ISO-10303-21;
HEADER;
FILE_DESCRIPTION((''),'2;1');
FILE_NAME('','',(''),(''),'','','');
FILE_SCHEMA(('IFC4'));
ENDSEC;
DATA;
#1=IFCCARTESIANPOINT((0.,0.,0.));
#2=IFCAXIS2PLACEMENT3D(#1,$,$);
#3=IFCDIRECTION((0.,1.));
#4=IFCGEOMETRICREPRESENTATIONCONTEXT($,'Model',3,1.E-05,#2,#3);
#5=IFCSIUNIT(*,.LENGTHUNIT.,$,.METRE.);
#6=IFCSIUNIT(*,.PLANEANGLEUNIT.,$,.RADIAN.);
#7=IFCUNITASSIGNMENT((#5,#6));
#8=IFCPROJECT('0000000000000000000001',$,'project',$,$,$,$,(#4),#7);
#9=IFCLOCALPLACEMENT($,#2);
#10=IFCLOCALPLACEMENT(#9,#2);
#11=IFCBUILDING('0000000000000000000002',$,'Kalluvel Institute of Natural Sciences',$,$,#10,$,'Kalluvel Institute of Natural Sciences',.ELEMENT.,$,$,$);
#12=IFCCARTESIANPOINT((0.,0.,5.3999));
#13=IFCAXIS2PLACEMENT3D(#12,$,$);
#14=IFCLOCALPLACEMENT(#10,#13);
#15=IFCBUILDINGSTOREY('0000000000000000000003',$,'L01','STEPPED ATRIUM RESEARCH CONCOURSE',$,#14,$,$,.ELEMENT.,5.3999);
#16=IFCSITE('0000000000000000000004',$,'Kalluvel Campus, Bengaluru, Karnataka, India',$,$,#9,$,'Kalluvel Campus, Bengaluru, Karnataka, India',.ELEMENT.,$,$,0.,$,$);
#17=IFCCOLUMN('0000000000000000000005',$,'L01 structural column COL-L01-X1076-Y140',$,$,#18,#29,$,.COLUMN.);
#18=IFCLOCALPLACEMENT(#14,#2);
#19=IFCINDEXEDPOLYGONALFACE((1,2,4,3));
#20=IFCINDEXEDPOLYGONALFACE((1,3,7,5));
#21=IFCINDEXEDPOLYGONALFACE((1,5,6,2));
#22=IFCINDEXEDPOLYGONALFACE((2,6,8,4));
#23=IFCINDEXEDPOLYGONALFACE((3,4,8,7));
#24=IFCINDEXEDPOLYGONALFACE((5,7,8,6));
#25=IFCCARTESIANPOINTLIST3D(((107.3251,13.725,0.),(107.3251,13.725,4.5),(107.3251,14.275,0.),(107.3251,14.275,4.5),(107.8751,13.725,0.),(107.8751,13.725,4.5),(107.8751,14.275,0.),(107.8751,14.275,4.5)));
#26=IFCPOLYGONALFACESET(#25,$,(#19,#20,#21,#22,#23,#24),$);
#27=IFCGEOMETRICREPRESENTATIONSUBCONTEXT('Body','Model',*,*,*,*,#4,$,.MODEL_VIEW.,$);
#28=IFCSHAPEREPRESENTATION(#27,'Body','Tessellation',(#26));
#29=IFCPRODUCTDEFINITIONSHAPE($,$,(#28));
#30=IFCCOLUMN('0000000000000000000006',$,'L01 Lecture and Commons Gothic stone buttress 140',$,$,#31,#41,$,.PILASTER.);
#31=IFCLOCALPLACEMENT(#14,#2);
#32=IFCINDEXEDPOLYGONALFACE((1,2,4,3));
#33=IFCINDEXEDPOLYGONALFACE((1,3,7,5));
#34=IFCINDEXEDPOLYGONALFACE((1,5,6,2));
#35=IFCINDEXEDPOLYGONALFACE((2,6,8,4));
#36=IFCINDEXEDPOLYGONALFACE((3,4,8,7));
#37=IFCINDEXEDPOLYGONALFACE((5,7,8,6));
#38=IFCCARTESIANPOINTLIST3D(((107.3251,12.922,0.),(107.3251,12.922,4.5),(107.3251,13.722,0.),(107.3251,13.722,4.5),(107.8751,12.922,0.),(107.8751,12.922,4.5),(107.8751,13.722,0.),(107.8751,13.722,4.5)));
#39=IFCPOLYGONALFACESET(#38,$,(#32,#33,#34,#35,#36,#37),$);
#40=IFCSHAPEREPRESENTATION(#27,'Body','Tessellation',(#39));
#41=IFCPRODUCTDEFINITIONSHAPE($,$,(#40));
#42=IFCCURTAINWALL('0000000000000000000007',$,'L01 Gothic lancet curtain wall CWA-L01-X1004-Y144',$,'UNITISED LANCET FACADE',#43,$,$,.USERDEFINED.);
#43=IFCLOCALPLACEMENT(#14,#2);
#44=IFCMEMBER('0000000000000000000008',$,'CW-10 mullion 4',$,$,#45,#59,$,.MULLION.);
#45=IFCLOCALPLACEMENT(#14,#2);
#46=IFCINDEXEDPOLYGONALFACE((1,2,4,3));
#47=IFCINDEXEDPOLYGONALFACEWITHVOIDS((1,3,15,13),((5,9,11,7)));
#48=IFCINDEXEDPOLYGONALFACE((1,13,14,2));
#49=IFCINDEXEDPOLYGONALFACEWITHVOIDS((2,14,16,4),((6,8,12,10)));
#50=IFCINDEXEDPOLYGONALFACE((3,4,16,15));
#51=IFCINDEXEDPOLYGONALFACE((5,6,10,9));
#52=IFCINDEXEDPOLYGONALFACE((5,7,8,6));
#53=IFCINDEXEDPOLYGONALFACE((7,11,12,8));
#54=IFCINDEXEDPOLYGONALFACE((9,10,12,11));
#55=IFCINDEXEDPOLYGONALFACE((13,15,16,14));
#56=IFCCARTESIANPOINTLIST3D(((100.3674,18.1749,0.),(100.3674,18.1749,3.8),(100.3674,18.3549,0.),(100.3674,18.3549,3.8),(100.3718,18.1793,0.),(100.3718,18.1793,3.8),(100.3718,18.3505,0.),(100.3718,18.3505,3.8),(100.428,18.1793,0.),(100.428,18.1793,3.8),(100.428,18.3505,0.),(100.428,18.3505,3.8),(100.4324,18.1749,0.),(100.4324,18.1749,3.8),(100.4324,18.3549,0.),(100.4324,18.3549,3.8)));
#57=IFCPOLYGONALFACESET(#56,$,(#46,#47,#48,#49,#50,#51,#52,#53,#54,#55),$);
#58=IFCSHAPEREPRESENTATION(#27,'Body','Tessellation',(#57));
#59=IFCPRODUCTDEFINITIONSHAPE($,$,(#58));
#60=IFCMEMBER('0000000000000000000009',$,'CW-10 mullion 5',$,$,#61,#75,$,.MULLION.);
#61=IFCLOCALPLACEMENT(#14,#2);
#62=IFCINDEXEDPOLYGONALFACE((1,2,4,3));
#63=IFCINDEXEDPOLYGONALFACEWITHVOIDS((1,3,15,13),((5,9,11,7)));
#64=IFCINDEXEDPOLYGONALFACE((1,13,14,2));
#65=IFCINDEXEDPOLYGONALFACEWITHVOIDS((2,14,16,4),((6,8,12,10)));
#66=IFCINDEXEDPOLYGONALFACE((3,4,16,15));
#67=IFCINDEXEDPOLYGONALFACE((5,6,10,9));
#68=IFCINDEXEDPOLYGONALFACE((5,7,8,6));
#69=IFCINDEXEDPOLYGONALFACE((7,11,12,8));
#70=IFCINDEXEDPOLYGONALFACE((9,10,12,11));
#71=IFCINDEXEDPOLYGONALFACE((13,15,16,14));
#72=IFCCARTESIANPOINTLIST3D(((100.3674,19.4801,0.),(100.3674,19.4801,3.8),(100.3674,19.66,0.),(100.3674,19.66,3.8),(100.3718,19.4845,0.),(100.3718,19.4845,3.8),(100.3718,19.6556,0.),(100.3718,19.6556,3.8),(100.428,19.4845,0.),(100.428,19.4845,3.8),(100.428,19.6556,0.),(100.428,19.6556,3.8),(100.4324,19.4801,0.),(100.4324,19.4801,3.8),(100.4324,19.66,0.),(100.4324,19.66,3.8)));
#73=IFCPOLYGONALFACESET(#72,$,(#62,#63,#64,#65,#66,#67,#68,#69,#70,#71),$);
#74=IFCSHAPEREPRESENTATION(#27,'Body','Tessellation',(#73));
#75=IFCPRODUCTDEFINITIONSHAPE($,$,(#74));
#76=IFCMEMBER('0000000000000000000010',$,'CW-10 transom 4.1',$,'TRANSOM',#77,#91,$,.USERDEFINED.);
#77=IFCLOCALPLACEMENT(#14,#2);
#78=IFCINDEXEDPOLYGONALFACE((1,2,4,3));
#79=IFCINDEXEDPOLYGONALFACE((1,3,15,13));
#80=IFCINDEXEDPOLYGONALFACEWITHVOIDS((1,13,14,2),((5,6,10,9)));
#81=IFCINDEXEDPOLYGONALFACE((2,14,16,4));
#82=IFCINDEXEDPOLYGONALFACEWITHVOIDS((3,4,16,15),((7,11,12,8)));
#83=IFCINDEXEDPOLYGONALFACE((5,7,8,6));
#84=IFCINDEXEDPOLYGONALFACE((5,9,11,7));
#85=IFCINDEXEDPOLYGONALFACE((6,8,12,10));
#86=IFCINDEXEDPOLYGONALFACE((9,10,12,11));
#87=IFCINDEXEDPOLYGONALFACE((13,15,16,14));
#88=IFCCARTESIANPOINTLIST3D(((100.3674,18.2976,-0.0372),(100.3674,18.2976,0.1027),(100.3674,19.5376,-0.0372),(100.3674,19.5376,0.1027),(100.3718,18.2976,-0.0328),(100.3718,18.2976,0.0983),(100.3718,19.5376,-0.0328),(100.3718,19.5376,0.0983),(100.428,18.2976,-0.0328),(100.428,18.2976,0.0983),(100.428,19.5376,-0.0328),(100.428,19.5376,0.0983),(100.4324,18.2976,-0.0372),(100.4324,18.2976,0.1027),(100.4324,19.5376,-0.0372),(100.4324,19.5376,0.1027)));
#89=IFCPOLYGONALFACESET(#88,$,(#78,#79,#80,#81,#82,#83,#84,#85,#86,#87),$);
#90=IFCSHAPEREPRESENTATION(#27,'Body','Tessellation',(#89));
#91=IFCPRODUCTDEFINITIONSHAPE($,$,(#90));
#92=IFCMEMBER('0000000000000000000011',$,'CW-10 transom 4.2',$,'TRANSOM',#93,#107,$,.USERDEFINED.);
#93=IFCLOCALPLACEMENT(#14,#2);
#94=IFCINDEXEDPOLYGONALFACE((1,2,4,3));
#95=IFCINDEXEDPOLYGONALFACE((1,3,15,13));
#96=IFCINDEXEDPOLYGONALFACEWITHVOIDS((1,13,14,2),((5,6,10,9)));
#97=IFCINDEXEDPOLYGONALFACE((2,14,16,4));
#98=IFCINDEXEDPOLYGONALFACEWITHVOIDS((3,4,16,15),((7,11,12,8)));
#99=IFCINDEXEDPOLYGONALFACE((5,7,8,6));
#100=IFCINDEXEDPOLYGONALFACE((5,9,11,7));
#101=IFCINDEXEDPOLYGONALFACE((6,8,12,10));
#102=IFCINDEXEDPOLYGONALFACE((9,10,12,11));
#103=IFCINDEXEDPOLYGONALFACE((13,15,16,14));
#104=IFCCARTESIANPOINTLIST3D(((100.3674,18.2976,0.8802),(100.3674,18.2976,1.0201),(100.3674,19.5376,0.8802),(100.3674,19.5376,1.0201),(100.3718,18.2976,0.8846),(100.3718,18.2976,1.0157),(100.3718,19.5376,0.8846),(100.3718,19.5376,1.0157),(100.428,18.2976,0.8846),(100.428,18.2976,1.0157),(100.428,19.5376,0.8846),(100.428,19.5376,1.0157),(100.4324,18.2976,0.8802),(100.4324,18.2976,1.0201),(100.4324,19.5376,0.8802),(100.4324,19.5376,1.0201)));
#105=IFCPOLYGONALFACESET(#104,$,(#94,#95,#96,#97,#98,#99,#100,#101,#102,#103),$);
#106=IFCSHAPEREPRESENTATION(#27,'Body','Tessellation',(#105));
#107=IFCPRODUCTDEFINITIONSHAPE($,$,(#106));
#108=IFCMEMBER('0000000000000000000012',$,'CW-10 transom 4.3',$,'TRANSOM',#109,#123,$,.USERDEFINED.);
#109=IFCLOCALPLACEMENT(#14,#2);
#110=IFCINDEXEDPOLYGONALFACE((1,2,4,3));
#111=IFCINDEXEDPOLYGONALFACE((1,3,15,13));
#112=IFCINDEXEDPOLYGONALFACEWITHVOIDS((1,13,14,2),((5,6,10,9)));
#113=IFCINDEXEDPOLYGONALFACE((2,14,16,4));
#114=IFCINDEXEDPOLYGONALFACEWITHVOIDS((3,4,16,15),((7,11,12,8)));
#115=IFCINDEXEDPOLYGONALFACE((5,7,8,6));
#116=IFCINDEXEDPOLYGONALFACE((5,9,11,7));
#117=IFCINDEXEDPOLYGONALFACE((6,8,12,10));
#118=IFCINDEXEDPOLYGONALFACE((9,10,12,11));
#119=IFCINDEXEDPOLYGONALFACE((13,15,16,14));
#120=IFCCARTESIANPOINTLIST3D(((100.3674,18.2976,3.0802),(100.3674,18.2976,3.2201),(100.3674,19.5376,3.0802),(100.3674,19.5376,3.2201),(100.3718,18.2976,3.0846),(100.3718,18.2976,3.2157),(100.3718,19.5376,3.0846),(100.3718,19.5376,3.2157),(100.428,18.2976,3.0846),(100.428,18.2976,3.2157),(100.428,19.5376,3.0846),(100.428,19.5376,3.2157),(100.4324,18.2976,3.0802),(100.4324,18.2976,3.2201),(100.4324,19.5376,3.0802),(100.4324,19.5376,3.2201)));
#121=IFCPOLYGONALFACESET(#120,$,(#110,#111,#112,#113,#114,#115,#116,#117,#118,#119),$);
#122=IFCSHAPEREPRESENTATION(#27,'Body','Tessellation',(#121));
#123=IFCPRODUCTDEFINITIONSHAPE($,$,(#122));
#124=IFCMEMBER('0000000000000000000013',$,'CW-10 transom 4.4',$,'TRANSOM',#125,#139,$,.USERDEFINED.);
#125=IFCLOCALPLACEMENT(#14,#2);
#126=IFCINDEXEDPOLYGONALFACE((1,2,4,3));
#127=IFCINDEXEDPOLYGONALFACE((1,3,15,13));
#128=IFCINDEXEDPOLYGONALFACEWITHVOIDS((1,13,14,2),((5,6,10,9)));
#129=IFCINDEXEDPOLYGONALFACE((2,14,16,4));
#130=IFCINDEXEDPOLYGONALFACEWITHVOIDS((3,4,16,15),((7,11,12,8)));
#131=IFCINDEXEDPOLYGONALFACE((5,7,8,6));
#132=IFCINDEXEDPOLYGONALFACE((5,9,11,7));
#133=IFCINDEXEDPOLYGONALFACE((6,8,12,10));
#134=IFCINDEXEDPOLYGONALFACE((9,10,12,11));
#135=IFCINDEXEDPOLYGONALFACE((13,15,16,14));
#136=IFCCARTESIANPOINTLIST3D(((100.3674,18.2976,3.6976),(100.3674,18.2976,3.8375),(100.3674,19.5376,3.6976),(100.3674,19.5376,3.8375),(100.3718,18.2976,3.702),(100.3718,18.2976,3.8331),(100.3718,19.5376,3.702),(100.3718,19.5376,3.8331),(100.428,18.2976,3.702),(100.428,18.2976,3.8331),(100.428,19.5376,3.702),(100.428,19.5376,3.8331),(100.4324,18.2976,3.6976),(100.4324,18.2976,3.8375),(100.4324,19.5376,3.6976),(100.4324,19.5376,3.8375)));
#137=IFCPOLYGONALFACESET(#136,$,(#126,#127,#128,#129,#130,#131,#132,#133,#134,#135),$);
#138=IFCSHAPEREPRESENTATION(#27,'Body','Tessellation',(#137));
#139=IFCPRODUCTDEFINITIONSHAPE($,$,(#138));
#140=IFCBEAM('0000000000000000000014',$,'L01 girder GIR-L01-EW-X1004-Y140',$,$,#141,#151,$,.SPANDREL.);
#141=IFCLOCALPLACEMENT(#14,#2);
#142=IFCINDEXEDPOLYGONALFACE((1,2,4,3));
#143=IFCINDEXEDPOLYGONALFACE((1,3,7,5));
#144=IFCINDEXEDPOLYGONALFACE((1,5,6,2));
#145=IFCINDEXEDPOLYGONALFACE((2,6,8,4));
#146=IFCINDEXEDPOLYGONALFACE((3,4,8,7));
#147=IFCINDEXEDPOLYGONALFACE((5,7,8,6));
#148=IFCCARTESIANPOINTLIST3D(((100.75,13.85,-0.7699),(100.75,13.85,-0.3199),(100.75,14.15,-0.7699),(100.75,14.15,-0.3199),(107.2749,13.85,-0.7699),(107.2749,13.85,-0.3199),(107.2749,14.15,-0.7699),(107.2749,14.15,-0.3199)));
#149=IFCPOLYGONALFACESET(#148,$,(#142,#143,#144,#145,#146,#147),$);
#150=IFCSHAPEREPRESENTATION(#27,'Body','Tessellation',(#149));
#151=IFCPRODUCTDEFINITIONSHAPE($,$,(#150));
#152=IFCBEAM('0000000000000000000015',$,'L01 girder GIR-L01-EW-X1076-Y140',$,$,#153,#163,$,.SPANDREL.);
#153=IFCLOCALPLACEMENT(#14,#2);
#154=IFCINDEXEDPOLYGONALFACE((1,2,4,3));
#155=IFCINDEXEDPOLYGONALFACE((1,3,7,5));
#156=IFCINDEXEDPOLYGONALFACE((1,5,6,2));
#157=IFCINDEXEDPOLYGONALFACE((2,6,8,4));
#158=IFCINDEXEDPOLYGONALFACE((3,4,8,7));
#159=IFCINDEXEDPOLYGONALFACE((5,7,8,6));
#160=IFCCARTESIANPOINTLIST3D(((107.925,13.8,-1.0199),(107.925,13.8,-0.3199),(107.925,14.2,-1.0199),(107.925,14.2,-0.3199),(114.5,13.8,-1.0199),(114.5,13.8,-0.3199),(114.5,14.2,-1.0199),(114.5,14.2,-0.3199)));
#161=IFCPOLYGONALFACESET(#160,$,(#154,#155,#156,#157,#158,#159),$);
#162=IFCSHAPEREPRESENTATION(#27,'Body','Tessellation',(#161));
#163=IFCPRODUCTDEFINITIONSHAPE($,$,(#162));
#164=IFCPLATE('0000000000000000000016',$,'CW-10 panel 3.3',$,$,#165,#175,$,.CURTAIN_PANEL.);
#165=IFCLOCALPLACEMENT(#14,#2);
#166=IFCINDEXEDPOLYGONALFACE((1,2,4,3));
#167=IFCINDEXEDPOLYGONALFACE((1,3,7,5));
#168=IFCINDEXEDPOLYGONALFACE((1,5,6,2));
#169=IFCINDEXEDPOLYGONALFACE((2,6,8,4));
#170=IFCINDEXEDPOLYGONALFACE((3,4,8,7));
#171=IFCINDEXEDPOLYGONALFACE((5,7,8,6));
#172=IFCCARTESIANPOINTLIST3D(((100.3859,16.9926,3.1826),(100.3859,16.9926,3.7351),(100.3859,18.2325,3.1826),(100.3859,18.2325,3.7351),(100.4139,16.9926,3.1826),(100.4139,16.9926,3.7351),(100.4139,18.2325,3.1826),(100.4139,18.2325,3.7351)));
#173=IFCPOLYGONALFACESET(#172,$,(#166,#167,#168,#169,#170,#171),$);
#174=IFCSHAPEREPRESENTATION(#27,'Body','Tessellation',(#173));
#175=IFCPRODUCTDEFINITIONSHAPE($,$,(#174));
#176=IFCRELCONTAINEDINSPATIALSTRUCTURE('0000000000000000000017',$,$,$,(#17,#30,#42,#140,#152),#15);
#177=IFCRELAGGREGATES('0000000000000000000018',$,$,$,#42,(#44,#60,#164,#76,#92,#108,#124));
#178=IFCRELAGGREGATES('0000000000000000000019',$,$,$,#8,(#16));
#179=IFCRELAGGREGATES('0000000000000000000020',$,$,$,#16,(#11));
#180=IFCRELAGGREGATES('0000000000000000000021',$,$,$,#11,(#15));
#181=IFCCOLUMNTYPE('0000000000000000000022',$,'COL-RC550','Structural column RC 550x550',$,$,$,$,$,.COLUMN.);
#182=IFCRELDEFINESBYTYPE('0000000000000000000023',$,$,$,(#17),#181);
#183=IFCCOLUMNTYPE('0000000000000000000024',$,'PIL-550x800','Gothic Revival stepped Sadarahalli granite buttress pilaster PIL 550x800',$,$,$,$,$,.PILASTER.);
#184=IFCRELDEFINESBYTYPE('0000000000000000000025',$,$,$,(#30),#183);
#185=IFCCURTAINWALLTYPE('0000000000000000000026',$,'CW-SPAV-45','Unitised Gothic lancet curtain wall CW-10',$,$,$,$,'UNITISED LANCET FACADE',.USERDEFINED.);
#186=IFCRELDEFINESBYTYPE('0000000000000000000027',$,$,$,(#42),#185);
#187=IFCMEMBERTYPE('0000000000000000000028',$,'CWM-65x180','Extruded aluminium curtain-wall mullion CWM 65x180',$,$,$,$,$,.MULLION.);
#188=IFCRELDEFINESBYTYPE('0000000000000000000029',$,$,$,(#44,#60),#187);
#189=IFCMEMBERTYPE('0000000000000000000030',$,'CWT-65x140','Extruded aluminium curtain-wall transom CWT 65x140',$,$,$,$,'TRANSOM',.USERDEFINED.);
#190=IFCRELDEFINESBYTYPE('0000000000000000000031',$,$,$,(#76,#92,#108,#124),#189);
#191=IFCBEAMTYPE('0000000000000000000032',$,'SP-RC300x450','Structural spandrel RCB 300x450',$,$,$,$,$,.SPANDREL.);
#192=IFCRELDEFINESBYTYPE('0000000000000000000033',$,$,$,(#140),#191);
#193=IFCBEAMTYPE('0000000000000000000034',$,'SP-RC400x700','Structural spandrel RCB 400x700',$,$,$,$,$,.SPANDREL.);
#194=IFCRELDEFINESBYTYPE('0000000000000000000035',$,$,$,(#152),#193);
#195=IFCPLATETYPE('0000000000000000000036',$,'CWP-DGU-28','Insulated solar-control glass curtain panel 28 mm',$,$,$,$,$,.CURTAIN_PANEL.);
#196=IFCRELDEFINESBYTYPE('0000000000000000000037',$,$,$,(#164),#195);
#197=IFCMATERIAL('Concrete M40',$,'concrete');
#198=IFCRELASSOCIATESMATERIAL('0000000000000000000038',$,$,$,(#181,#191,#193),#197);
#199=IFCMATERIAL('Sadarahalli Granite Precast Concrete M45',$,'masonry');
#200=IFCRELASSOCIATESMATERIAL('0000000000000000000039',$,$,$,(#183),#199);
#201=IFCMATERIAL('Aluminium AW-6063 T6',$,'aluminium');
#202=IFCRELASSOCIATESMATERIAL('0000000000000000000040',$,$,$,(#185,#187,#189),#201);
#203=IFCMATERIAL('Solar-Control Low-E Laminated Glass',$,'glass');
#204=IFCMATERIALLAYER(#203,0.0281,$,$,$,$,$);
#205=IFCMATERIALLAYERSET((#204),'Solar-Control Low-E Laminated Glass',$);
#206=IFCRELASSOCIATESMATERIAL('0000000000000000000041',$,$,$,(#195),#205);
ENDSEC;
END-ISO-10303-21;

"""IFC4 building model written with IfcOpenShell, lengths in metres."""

from ifc_helpers import new_model, si_unit, direction, frame, origin, origin_2d, place, context, subcontext, project, spatial, rectangle, hollow_rectangle, extrude, material, layer, layer_set, material_profile, profile_set, type_object, element, aggregate, save


model = new_model("IFC4")

# Units and contexts
model_context = context("Model", 3, precision=1e-05, world=origin(), true_north=direction((0.0, 1.0)))
body_context = subcontext(model_context, "Body", "Model", "MODEL_VIEW")
ifc_project = project(units=[si_unit("LENGTHUNIT", "METRE"), si_unit("PLANEANGLEUNIT", "RADIAN")], contexts=[model_context])

# Site, building, storey
site_placement = place(None, origin())
site = spatial("IfcSite", under=ifc_project, at=site_placement, Name="Kalluvel Campus, Bengaluru, Karnataka, India", LongName="Kalluvel Campus, Bengaluru, Karnataka, India", CompositionType="ELEMENT", RefElevation=0.0)
building_placement = place(site_placement, origin())
building = spatial("IfcBuilding", under=site, at=building_placement, Name="Kalluvel Institute of Natural Sciences", LongName="Kalluvel Institute of Natural Sciences", CompositionType="ELEMENT")
storey_placement = place(building_placement, frame((0.0, 0.0, 5.3999)))
storey = spatial("IfcBuildingStorey", under=building, at=storey_placement, Name="L01", Description="STEPPED ATRIUM RESEARCH CONCOURSE", CompositionType="ELEMENT", Elevation=5.3999)

# Columns
ifc_material_1 = material(Name="Concrete M40", Category="concrete")
ifc_material_profile_1 = material_profile(ifc_material_1, rectangle(XDim=0.55, YDim=0.55, at=origin_2d()), Name="RC 550x550")
ifc_profile_set_1 = profile_set([ifc_material_profile_1], Name="Concrete M40")
column_type_1 = type_object("IfcColumnType", Name="COL-RC550", Description="Structural column RC 550x550", PredefinedType="COLUMN", material=ifc_profile_set_1)
column_1_placement = place(storey_placement, frame((107.6001, 14.0, 0.0), z_axis=(0.0, 0.0, 1.0), x_axis=(1.0, 0.0, 0.0)))
element("IfcColumn", 1, at=column_1_placement, inside=storey, type_object=column_type_1, Name="L01 structural column COL-L01-X1076-Y140", PredefinedType="COLUMN", context=body_context, shape_type="SweptSolid", body=[
    extrude(rectangle(XDim=0.55, YDim=0.55, at=origin_2d()), origin(), (0.0, 0.0, 1.0), 4.5),
])
ifc_material_2 = material(Name="Sadarahalli Granite Precast Concrete M45", Category="masonry")
ifc_material_profile_2 = material_profile(ifc_material_2, rectangle(XDim=0.55, YDim=0.8, at=origin_2d()), Name="PIL 550x800")
ifc_profile_set_2 = profile_set([ifc_material_profile_2], Name="Sadarahalli Granite Precast Concrete M45")
column_type_2 = type_object("IfcColumnType", Name="PIL-550x800", Description="Gothic Revival stepped Sadarahalli granite buttress pilaster PIL 550x800", PredefinedType="PILASTER", material=ifc_profile_set_2)
column_2_placement = place(storey_placement, frame((107.6001, 13.322, 0.0), z_axis=(0.0, 0.0, 1.0), x_axis=(1.0, 0.0, 0.0)))
element("IfcColumn", 2, at=column_2_placement, inside=storey, type_object=column_type_2, Name="L01 Lecture and Commons Gothic stone buttress 140", PredefinedType="PILASTER", context=body_context, shape_type="SweptSolid", body=[
    extrude(rectangle(XDim=0.55, YDim=0.8, at=origin_2d()), origin(), (0.0, 0.0, 1.0), 4.5),
])

# Curtain wall, members
ifc_material_3 = material(Name="Aluminium AW-6063 T6", Category="aluminium")
curtain_wall_type = type_object("IfcCurtainWallType", Name="CW-SPAV-45", Description="Unitised Gothic lancet curtain wall CW-10", ElementType="UNITISED LANCET FACADE", PredefinedType="USERDEFINED", material=ifc_material_3)
curtain_wall_placement = place(storey_placement, origin())
curtain_wall = element("IfcCurtainWall", 3, at=curtain_wall_placement, inside=storey, type_object=curtain_wall_type, Name="L01 Gothic lancet curtain wall CWA-L01-X1004-Y144", ObjectType="UNITISED LANCET FACADE", PredefinedType="USERDEFINED")
ifc_material_profile_3 = material_profile(ifc_material_3, hollow_rectangle(XDim=0.0649, YDim=0.1799, WallThickness=0.0044, at=origin_2d()), Name="CWM 65x180")
ifc_profile_set_3 = profile_set([ifc_material_profile_3], Name="Aluminium AW-6063 T6")
member_type_1 = type_object("IfcMemberType", Name="CWM-65x180", Description="Extruded aluminium curtain-wall mullion CWM 65x180", PredefinedType="MULLION", material=ifc_profile_set_3)
member_1_placement = place(storey_placement, frame((100.3999, 18.2649, 0.0), z_axis=(0.0, 0.0, 1.0), x_axis=(-1.0, 0.0, 0.0)))
member_1 = element("IfcMember", 4, at=member_1_placement, type_object=member_type_1, Name="CW-10 mullion 4", PredefinedType="MULLION", context=body_context, shape_type="SweptSolid", body=[
    extrude(hollow_rectangle(XDim=0.0649, YDim=0.1799, WallThickness=0.0044, at=origin_2d()), origin(), (0.0, 0.0, 1.0), 3.8),
])
member_2_placement = place(storey_placement, frame((100.3999, 19.5701, 0.0), z_axis=(0.0, 0.0, 1.0), x_axis=(-1.0, 0.0, 0.0)))
member_2 = element("IfcMember", 5, at=member_2_placement, type_object=member_type_1, Name="CW-10 mullion 5", PredefinedType="MULLION", context=body_context, shape_type="SweptSolid", body=[
    extrude(hollow_rectangle(XDim=0.0649, YDim=0.1799, WallThickness=0.0044, at=origin_2d()), origin(), (0.0, 0.0, 1.0), 3.8),
])
ifc_material_profile_4 = material_profile(ifc_material_3, hollow_rectangle(XDim=0.0649, YDim=0.1399, WallThickness=0.0044, at=origin_2d()), Name="CWT 65x140")
ifc_profile_set_4 = profile_set([ifc_material_profile_4], Name="Aluminium AW-6063 T6")
member_type_2 = type_object("IfcMemberType", Name="CWT-65x140", Description="Extruded aluminium curtain-wall transom CWT 65x140", ElementType="TRANSOM", PredefinedType="USERDEFINED", material=ifc_profile_set_4)
member_3_placement = place(storey_placement, frame((100.3999, 18.2976, 0.0327), z_axis=(0.0, 1.0, 0.0), x_axis=(-1.0, 0.0, 0.0)))
member_3 = element("IfcMember", 6, at=member_3_placement, type_object=member_type_2, Name="CW-10 transom 4.1", ObjectType="TRANSOM", PredefinedType="USERDEFINED", context=body_context, shape_type="SweptSolid", body=[
    extrude(hollow_rectangle(XDim=0.0649, YDim=0.1399, WallThickness=0.0044, at=origin_2d()), origin(), (0.0, 0.0, 1.0), 1.24),
])
member_4_placement = place(storey_placement, frame((100.3999, 18.2976, 0.9502), z_axis=(0.0, 1.0, 0.0), x_axis=(-1.0, 0.0, 0.0)))
member_4 = element("IfcMember", 7, at=member_4_placement, type_object=member_type_2, Name="CW-10 transom 4.2", ObjectType="TRANSOM", PredefinedType="USERDEFINED", context=body_context, shape_type="SweptSolid", body=[
    extrude(hollow_rectangle(XDim=0.0649, YDim=0.1399, WallThickness=0.0044, at=origin_2d()), origin(), (0.0, 0.0, 1.0), 1.24),
])
member_5_placement = place(storey_placement, frame((100.3999, 18.2976, 3.1501), z_axis=(0.0, 1.0, 0.0), x_axis=(-1.0, 0.0, 0.0)))
member_5 = element("IfcMember", 8, at=member_5_placement, type_object=member_type_2, Name="CW-10 transom 4.3", ObjectType="TRANSOM", PredefinedType="USERDEFINED", context=body_context, shape_type="SweptSolid", body=[
    extrude(hollow_rectangle(XDim=0.0649, YDim=0.1399, WallThickness=0.0044, at=origin_2d()), origin(), (0.0, 0.0, 1.0), 1.24),
])
member_6_placement = place(storey_placement, frame((100.3999, 18.2976, 3.7676), z_axis=(0.0, 1.0, 0.0), x_axis=(-1.0, 0.0, 0.0)))
member_6 = element("IfcMember", 9, at=member_6_placement, type_object=member_type_2, Name="CW-10 transom 4.4", ObjectType="TRANSOM", PredefinedType="USERDEFINED", context=body_context, shape_type="SweptSolid", body=[
    extrude(hollow_rectangle(XDim=0.0649, YDim=0.1399, WallThickness=0.0044, at=origin_2d()), origin(), (0.0, 0.0, 1.0), 1.24),
])

# Beams
ifc_material_profile_5 = material_profile(ifc_material_1, rectangle(XDim=0.3, YDim=0.45, at=origin_2d()), Name="RCB 300x450")
ifc_profile_set_5 = profile_set([ifc_material_profile_5], Name="Concrete M40")
beam_type_1 = type_object("IfcBeamType", Name="SP-RC300x450", Description="Structural spandrel RCB 300x450", PredefinedType="SPANDREL", material=ifc_profile_set_5)
beam_1_placement = place(storey_placement, frame((100.75, 14.0, -0.5449), z_axis=(1.0, 0.0, 0.0), x_axis=(0.0, 1.0, 0.0)))
element("IfcBeam", 10, at=beam_1_placement, inside=storey, type_object=beam_type_1, Name="L01 girder GIR-L01-EW-X1004-Y140", PredefinedType="SPANDREL", context=body_context, shape_type="SweptSolid", body=[
    extrude(rectangle(XDim=0.3, YDim=0.45, at=origin_2d()), origin(), (0.0, 0.0, 1.0), 6.5249),
])
ifc_material_profile_6 = material_profile(ifc_material_1, rectangle(XDim=0.3999, YDim=0.7, at=origin_2d()), Name="RCB 400x700")
ifc_profile_set_6 = profile_set([ifc_material_profile_6], Name="Concrete M40")
beam_type_2 = type_object("IfcBeamType", Name="SP-RC400x700", Description="Structural spandrel RCB 400x700", PredefinedType="SPANDREL", material=ifc_profile_set_6)
beam_2_placement = place(storey_placement, frame((107.925, 14.0, -0.6699), z_axis=(1.0, 0.0, 0.0), x_axis=(0.0, 1.0, 0.0)))
element("IfcBeam", 11, at=beam_2_placement, inside=storey, type_object=beam_type_2, Name="L01 girder GIR-L01-EW-X1076-Y140", PredefinedType="SPANDREL", context=body_context, shape_type="SweptSolid", body=[
    extrude(rectangle(XDim=0.3999, YDim=0.7, at=origin_2d()), origin(), (0.0, 0.0, 1.0), 6.575),
])

# Plate
ifc_material_4 = material(Name="Solar-Control Low-E Laminated Glass", Category="glass")
ifc_layer_1 = layer(ifc_material_4, 0.0281)
ifc_layer_set_1 = layer_set([ifc_layer_1], Name="Solar-Control Low-E Laminated Glass")
plate_type = type_object("IfcPlateType", Name="CWP-DGU-28", Description="Insulated solar-control glass curtain panel 28 mm", PredefinedType="CURTAIN_PANEL", material=ifc_layer_set_1)
plate_1_placement = place(storey_placement, frame((100.3999, 17.6125, 3.1826), z_axis=(0.0, 0.0, 1.0), x_axis=(0.0, 1.0, 0.0)))
plate_1 = element("IfcPlate", 12, at=plate_1_placement, type_object=plate_type, Name="CW-10 panel 3.3", PredefinedType="CURTAIN_PANEL", context=body_context, shape_type="SweptSolid", body=[
    extrude(rectangle(XDim=1.24, YDim=0.0281, at=origin_2d()), origin(), (0.0, 0.0, 1.0), 0.5525),
])
aggregate(curtain_wall, [member_1, member_2, plate_1, member_3, member_4, member_5, member_6])

save(model, "model.ifc")
